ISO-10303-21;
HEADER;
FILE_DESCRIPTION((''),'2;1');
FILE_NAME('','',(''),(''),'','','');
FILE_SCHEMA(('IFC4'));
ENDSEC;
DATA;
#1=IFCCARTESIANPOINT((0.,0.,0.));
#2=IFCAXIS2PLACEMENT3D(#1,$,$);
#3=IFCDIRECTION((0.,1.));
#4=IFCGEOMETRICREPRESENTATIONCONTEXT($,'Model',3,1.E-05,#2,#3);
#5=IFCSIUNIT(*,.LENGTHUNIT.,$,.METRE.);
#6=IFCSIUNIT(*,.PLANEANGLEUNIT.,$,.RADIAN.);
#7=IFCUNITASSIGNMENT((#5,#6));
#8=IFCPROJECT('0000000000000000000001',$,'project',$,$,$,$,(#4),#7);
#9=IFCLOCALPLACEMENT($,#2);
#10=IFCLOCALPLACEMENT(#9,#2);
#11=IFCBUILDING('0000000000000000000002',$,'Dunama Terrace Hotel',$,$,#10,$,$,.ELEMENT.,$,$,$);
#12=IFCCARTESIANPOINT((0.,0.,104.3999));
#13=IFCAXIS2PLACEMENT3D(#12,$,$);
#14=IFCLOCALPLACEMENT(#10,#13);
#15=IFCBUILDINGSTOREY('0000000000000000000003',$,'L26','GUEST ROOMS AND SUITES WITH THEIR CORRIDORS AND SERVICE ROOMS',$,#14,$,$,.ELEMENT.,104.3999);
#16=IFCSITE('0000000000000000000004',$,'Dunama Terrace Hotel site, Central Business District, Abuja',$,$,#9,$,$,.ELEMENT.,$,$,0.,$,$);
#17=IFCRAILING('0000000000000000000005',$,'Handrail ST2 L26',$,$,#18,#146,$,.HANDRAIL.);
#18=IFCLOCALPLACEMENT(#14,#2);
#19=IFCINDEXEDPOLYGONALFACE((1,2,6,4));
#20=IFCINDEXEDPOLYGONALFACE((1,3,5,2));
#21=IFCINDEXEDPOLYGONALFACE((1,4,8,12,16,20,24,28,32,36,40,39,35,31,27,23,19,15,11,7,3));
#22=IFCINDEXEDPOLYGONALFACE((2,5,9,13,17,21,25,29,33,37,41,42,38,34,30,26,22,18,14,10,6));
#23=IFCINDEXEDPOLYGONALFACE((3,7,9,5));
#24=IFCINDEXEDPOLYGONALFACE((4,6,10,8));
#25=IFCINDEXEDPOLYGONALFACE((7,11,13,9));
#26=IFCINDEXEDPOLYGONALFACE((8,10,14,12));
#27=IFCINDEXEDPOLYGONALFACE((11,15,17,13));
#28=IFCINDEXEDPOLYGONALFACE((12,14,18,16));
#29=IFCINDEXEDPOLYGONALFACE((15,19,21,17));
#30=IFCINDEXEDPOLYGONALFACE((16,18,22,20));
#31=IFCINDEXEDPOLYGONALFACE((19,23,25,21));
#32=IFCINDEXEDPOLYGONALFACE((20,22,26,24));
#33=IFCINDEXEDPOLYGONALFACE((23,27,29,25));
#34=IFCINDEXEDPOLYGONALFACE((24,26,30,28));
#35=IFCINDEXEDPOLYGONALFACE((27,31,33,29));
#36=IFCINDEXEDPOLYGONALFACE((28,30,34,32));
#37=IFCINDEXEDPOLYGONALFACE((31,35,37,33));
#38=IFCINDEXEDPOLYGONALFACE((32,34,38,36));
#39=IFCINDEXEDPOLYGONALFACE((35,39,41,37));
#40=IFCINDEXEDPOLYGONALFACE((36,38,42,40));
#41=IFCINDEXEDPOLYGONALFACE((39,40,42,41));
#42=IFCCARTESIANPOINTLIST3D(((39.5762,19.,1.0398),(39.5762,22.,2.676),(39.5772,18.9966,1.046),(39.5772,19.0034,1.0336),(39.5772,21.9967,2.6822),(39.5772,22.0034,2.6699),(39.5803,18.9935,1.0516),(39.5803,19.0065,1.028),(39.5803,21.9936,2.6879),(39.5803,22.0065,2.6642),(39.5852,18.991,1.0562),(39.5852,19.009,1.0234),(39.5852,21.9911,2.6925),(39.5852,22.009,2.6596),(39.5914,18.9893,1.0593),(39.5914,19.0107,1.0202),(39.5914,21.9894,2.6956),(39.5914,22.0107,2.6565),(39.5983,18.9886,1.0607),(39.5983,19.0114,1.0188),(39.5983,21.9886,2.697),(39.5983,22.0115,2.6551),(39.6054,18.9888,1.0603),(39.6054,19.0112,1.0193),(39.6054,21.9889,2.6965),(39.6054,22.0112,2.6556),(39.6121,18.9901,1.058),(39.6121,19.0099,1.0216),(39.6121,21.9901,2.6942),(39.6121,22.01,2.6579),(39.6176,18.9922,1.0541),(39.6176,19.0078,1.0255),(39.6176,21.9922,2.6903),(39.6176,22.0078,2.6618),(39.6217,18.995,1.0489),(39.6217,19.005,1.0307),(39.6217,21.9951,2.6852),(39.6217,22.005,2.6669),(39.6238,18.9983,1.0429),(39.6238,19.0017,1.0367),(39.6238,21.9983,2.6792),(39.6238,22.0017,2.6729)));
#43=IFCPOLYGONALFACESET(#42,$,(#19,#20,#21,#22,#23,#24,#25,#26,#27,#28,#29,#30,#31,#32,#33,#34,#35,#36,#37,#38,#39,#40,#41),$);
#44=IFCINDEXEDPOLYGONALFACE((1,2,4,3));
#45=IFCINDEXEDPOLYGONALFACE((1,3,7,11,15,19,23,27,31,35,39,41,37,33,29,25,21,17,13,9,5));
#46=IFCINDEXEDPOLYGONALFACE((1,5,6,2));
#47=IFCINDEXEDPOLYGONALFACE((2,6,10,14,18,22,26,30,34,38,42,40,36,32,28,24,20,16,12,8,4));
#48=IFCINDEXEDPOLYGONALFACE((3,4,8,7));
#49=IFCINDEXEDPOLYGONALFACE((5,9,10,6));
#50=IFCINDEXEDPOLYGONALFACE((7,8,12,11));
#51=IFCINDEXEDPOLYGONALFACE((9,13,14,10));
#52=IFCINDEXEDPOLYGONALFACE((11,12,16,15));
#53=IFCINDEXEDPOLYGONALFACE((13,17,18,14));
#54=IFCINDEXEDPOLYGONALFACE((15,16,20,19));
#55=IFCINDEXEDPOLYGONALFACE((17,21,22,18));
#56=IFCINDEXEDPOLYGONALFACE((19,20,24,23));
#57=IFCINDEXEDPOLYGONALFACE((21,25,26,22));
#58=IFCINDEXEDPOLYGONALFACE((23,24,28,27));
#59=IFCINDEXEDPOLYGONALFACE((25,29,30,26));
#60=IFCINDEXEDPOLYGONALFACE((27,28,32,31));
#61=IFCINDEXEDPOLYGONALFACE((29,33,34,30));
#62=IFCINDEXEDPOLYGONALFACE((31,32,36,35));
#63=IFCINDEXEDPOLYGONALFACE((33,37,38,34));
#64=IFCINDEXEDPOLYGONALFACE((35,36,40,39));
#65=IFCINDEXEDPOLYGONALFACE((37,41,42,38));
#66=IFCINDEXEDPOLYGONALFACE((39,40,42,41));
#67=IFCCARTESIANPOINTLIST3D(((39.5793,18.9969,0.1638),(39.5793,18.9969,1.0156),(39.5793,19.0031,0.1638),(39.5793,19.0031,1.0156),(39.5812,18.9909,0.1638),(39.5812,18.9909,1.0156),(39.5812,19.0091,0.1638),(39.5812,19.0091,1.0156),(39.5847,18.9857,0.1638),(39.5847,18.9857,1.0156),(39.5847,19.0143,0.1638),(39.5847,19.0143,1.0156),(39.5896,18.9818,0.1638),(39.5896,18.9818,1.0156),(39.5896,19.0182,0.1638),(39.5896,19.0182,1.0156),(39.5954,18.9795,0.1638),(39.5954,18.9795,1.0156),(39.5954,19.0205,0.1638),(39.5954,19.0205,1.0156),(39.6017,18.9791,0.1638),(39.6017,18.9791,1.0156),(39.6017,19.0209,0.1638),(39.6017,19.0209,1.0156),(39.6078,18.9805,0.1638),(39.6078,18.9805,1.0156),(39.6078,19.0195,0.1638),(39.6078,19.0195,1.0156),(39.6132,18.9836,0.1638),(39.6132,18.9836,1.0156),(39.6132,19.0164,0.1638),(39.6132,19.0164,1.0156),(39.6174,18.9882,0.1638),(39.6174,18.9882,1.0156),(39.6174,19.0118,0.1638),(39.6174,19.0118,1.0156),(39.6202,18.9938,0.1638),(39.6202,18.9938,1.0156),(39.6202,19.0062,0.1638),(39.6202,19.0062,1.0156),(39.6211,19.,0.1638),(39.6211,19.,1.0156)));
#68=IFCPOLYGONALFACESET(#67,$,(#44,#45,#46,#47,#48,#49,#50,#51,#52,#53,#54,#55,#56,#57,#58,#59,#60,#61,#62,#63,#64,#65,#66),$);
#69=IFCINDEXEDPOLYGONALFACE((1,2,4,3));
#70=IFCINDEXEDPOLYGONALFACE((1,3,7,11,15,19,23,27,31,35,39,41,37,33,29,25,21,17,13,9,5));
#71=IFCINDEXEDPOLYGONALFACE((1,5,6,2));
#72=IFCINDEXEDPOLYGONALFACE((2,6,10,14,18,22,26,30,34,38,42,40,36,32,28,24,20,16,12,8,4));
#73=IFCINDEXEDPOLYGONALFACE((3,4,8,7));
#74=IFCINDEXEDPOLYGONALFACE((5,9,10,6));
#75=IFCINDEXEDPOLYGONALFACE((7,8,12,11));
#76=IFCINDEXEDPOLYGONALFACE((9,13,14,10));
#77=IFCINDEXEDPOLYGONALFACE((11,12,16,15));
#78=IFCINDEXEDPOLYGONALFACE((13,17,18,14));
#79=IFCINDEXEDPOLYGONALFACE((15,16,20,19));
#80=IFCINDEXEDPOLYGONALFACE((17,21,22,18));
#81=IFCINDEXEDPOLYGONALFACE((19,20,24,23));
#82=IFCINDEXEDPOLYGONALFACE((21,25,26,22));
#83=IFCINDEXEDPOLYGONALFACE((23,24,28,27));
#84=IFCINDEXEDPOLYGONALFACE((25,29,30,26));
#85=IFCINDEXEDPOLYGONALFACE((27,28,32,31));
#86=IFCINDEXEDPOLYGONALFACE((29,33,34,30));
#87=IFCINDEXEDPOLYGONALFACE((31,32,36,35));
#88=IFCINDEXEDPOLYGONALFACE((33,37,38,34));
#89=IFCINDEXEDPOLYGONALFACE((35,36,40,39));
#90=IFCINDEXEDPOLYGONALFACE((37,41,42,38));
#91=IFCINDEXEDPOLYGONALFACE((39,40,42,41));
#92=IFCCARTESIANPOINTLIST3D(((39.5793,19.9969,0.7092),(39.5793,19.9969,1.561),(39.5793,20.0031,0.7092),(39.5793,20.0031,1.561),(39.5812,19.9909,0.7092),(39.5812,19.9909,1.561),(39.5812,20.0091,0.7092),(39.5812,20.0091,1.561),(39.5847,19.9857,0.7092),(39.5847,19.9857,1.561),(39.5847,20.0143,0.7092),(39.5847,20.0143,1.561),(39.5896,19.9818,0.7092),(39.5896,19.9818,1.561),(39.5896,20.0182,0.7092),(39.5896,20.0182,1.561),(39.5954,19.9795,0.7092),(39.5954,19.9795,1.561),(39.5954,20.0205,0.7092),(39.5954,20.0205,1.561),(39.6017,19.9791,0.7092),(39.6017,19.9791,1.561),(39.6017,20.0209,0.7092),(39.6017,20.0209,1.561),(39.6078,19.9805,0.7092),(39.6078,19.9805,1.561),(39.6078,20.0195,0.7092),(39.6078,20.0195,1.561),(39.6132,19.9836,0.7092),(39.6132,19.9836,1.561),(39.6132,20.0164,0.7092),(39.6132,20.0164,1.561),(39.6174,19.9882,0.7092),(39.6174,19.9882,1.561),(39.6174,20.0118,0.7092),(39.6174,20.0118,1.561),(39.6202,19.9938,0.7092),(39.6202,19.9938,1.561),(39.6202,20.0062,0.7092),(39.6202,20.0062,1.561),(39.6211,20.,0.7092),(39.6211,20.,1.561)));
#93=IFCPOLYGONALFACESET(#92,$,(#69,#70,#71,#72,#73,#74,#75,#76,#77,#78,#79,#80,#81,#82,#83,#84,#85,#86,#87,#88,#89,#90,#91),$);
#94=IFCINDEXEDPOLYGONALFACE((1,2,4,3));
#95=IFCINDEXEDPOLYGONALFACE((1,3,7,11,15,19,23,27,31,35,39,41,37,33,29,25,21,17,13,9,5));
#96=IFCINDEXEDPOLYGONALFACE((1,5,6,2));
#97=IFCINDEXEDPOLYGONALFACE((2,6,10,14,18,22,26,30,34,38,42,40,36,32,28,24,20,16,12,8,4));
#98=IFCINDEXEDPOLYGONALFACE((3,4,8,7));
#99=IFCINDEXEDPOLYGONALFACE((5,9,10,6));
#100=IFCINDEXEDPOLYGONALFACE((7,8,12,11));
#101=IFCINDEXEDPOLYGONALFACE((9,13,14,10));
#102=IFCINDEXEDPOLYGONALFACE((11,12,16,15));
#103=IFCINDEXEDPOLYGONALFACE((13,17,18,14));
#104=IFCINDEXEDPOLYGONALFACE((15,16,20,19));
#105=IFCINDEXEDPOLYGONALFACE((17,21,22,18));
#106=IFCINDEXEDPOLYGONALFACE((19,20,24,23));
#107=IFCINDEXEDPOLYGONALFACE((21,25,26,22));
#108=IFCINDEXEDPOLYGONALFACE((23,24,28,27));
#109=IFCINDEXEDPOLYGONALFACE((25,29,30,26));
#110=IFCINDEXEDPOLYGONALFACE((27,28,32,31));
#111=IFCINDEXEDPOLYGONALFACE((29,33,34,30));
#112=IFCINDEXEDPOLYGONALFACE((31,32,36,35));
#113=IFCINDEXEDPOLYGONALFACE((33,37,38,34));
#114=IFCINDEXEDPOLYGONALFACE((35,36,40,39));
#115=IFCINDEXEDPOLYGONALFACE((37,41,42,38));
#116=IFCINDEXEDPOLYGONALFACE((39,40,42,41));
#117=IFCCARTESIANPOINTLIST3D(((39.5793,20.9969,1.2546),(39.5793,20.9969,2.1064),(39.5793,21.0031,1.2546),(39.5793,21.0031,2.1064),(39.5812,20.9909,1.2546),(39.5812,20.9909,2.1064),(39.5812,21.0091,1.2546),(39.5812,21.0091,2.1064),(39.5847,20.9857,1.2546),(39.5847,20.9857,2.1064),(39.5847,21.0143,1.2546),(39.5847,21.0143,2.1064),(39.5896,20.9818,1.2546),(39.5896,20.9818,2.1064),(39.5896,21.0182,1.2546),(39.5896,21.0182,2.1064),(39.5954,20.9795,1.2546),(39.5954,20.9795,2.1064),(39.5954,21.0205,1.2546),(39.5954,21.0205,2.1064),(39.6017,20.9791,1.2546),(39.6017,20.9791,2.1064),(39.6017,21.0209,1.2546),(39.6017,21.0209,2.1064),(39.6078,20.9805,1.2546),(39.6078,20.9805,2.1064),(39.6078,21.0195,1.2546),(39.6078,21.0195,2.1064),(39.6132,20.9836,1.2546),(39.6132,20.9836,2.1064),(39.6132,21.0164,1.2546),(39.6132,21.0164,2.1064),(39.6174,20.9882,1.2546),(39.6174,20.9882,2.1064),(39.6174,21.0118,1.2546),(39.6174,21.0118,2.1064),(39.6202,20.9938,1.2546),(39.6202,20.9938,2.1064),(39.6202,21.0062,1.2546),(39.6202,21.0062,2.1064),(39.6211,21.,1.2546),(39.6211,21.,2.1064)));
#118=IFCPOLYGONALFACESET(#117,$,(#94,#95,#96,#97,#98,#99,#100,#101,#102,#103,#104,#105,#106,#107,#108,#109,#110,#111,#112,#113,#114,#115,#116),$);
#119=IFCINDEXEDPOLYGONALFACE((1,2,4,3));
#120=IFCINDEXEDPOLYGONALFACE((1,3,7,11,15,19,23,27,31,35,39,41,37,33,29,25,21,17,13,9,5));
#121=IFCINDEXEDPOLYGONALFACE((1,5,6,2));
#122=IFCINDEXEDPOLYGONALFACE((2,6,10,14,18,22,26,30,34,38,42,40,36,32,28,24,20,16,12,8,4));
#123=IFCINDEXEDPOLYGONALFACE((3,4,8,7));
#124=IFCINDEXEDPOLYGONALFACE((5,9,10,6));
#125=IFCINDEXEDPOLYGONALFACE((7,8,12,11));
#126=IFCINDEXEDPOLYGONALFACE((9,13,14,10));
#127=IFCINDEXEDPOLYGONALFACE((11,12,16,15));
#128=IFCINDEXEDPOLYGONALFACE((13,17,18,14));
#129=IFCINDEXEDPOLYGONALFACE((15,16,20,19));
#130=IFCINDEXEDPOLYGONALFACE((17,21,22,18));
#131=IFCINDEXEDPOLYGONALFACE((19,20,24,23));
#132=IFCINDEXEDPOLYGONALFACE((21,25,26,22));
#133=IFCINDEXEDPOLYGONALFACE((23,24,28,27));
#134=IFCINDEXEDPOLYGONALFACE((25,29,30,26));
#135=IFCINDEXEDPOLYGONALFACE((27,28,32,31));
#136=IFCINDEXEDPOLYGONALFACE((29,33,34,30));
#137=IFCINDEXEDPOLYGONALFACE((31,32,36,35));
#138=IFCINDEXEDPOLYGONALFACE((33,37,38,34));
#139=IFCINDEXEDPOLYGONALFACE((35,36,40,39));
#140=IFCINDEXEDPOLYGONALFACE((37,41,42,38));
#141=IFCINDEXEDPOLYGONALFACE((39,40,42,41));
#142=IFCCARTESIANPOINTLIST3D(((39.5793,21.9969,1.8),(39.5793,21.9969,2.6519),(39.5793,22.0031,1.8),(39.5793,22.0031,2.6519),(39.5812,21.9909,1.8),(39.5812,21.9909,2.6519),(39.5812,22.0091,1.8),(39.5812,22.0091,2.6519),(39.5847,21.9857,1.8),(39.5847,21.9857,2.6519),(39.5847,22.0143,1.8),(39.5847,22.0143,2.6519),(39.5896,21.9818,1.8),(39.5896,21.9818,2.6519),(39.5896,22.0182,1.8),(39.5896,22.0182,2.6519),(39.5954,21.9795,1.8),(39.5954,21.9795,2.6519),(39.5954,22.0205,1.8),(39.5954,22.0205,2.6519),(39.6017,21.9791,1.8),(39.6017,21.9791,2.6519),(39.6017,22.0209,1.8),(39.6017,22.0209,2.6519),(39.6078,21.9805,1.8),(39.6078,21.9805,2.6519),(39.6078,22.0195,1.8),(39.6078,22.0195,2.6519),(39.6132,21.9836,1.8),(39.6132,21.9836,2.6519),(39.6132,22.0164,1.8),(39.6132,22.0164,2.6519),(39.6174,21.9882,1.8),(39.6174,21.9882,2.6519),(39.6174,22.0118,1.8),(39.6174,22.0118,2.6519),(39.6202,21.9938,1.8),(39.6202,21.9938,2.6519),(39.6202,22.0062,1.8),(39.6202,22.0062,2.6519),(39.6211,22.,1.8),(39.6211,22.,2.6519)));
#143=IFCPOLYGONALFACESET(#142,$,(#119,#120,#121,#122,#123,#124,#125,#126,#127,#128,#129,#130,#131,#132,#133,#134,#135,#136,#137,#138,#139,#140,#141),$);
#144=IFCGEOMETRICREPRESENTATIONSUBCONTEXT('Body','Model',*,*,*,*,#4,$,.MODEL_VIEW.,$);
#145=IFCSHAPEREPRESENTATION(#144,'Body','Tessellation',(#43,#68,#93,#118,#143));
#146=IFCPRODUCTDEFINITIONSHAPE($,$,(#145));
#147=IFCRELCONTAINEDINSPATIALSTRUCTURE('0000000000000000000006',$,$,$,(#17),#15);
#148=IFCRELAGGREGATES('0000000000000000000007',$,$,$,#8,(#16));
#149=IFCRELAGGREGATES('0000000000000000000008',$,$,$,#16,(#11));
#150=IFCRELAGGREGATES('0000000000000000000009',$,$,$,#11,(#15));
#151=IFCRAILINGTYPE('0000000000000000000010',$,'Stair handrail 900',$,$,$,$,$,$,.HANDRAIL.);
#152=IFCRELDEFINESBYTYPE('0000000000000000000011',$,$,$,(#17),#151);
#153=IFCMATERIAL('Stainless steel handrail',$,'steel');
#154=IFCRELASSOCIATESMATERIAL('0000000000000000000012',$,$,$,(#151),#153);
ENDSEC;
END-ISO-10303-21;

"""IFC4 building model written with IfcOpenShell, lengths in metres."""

from ifc_helpers import new_model, si_unit, direction, frame, origin, origin_2d, place, context, subcontext, project, spatial, circle, extrude, material, type_object, element, save


model = new_model("IFC4")

# Units and contexts
model_context = context("Model", 3, precision=1e-05, world=origin(), true_north=direction((0.0, 1.0)))
body_context = subcontext(model_context, "Body", "Model", "MODEL_VIEW")
ifc_project = project(units=[si_unit("LENGTHUNIT", "METRE"), si_unit("PLANEANGLEUNIT", "RADIAN")], contexts=[model_context])

# Site, building, storey
site_placement = place(None, origin())
site = spatial("IfcSite", under=ifc_project, at=site_placement, Name="Dunama Terrace Hotel site, Central Business District, Abuja", CompositionType="ELEMENT", RefElevation=0.0)
building_placement = place(site_placement, origin())
building = spatial("IfcBuilding", under=site, at=building_placement, Name="Dunama Terrace Hotel", CompositionType="ELEMENT")
storey_placement = place(building_placement, frame((0.0, 0.0, 104.3999)))
storey = spatial("IfcBuildingStorey", under=building, at=storey_placement, Name="L26", Description="GUEST ROOMS AND SUITES WITH THEIR CORRIDORS AND SERVICE ROOMS", CompositionType="ELEMENT", Elevation=104.3999)

# Railing
ifc_material_1 = material(Name="Stainless steel handrail", Category="steel")
railing_type = type_object("IfcRailingType", Name="Stair handrail 900", PredefinedType="HANDRAIL", material=ifc_material_1)
railing_1_placement = place(storey_placement, frame((39.6001, 19.0, 0.1638)))
element("IfcRailing", 1, at=railing_1_placement, inside=storey, type_object=railing_type, Name="Handrail ST2 L26", PredefinedType="HANDRAIL", context=body_context, shape_type="SweptSolid", body=[
    extrude(circle(Radius=0.0239, at=origin_2d()), frame((0.0, 0.0, 0.876), z_axis=(0.0, 0.877912, 0.478822), x_axis=(-1.0, 0.0, 0.0)), (0.0, 0.0, 1.0), 3.4172),
    extrude(circle(Radius=0.021, at=origin_2d()), origin(), (0.0, 0.0, 1.0), 0.8518),
    extrude(circle(Radius=0.021, at=origin_2d()), frame((0.0, 1.0, 0.5454)), (0.0, 0.0, 1.0), 0.8518),
    extrude(circle(Radius=0.021, at=origin_2d()), frame((0.0, 2.0, 1.0908)), (0.0, 0.0, 1.0), 0.8518),
    extrude(circle(Radius=0.021, at=origin_2d()), frame((0.0, 3.0, 1.6362)), (0.0, 0.0, 1.0), 0.8518),
])

save(model, "model.ifc")
